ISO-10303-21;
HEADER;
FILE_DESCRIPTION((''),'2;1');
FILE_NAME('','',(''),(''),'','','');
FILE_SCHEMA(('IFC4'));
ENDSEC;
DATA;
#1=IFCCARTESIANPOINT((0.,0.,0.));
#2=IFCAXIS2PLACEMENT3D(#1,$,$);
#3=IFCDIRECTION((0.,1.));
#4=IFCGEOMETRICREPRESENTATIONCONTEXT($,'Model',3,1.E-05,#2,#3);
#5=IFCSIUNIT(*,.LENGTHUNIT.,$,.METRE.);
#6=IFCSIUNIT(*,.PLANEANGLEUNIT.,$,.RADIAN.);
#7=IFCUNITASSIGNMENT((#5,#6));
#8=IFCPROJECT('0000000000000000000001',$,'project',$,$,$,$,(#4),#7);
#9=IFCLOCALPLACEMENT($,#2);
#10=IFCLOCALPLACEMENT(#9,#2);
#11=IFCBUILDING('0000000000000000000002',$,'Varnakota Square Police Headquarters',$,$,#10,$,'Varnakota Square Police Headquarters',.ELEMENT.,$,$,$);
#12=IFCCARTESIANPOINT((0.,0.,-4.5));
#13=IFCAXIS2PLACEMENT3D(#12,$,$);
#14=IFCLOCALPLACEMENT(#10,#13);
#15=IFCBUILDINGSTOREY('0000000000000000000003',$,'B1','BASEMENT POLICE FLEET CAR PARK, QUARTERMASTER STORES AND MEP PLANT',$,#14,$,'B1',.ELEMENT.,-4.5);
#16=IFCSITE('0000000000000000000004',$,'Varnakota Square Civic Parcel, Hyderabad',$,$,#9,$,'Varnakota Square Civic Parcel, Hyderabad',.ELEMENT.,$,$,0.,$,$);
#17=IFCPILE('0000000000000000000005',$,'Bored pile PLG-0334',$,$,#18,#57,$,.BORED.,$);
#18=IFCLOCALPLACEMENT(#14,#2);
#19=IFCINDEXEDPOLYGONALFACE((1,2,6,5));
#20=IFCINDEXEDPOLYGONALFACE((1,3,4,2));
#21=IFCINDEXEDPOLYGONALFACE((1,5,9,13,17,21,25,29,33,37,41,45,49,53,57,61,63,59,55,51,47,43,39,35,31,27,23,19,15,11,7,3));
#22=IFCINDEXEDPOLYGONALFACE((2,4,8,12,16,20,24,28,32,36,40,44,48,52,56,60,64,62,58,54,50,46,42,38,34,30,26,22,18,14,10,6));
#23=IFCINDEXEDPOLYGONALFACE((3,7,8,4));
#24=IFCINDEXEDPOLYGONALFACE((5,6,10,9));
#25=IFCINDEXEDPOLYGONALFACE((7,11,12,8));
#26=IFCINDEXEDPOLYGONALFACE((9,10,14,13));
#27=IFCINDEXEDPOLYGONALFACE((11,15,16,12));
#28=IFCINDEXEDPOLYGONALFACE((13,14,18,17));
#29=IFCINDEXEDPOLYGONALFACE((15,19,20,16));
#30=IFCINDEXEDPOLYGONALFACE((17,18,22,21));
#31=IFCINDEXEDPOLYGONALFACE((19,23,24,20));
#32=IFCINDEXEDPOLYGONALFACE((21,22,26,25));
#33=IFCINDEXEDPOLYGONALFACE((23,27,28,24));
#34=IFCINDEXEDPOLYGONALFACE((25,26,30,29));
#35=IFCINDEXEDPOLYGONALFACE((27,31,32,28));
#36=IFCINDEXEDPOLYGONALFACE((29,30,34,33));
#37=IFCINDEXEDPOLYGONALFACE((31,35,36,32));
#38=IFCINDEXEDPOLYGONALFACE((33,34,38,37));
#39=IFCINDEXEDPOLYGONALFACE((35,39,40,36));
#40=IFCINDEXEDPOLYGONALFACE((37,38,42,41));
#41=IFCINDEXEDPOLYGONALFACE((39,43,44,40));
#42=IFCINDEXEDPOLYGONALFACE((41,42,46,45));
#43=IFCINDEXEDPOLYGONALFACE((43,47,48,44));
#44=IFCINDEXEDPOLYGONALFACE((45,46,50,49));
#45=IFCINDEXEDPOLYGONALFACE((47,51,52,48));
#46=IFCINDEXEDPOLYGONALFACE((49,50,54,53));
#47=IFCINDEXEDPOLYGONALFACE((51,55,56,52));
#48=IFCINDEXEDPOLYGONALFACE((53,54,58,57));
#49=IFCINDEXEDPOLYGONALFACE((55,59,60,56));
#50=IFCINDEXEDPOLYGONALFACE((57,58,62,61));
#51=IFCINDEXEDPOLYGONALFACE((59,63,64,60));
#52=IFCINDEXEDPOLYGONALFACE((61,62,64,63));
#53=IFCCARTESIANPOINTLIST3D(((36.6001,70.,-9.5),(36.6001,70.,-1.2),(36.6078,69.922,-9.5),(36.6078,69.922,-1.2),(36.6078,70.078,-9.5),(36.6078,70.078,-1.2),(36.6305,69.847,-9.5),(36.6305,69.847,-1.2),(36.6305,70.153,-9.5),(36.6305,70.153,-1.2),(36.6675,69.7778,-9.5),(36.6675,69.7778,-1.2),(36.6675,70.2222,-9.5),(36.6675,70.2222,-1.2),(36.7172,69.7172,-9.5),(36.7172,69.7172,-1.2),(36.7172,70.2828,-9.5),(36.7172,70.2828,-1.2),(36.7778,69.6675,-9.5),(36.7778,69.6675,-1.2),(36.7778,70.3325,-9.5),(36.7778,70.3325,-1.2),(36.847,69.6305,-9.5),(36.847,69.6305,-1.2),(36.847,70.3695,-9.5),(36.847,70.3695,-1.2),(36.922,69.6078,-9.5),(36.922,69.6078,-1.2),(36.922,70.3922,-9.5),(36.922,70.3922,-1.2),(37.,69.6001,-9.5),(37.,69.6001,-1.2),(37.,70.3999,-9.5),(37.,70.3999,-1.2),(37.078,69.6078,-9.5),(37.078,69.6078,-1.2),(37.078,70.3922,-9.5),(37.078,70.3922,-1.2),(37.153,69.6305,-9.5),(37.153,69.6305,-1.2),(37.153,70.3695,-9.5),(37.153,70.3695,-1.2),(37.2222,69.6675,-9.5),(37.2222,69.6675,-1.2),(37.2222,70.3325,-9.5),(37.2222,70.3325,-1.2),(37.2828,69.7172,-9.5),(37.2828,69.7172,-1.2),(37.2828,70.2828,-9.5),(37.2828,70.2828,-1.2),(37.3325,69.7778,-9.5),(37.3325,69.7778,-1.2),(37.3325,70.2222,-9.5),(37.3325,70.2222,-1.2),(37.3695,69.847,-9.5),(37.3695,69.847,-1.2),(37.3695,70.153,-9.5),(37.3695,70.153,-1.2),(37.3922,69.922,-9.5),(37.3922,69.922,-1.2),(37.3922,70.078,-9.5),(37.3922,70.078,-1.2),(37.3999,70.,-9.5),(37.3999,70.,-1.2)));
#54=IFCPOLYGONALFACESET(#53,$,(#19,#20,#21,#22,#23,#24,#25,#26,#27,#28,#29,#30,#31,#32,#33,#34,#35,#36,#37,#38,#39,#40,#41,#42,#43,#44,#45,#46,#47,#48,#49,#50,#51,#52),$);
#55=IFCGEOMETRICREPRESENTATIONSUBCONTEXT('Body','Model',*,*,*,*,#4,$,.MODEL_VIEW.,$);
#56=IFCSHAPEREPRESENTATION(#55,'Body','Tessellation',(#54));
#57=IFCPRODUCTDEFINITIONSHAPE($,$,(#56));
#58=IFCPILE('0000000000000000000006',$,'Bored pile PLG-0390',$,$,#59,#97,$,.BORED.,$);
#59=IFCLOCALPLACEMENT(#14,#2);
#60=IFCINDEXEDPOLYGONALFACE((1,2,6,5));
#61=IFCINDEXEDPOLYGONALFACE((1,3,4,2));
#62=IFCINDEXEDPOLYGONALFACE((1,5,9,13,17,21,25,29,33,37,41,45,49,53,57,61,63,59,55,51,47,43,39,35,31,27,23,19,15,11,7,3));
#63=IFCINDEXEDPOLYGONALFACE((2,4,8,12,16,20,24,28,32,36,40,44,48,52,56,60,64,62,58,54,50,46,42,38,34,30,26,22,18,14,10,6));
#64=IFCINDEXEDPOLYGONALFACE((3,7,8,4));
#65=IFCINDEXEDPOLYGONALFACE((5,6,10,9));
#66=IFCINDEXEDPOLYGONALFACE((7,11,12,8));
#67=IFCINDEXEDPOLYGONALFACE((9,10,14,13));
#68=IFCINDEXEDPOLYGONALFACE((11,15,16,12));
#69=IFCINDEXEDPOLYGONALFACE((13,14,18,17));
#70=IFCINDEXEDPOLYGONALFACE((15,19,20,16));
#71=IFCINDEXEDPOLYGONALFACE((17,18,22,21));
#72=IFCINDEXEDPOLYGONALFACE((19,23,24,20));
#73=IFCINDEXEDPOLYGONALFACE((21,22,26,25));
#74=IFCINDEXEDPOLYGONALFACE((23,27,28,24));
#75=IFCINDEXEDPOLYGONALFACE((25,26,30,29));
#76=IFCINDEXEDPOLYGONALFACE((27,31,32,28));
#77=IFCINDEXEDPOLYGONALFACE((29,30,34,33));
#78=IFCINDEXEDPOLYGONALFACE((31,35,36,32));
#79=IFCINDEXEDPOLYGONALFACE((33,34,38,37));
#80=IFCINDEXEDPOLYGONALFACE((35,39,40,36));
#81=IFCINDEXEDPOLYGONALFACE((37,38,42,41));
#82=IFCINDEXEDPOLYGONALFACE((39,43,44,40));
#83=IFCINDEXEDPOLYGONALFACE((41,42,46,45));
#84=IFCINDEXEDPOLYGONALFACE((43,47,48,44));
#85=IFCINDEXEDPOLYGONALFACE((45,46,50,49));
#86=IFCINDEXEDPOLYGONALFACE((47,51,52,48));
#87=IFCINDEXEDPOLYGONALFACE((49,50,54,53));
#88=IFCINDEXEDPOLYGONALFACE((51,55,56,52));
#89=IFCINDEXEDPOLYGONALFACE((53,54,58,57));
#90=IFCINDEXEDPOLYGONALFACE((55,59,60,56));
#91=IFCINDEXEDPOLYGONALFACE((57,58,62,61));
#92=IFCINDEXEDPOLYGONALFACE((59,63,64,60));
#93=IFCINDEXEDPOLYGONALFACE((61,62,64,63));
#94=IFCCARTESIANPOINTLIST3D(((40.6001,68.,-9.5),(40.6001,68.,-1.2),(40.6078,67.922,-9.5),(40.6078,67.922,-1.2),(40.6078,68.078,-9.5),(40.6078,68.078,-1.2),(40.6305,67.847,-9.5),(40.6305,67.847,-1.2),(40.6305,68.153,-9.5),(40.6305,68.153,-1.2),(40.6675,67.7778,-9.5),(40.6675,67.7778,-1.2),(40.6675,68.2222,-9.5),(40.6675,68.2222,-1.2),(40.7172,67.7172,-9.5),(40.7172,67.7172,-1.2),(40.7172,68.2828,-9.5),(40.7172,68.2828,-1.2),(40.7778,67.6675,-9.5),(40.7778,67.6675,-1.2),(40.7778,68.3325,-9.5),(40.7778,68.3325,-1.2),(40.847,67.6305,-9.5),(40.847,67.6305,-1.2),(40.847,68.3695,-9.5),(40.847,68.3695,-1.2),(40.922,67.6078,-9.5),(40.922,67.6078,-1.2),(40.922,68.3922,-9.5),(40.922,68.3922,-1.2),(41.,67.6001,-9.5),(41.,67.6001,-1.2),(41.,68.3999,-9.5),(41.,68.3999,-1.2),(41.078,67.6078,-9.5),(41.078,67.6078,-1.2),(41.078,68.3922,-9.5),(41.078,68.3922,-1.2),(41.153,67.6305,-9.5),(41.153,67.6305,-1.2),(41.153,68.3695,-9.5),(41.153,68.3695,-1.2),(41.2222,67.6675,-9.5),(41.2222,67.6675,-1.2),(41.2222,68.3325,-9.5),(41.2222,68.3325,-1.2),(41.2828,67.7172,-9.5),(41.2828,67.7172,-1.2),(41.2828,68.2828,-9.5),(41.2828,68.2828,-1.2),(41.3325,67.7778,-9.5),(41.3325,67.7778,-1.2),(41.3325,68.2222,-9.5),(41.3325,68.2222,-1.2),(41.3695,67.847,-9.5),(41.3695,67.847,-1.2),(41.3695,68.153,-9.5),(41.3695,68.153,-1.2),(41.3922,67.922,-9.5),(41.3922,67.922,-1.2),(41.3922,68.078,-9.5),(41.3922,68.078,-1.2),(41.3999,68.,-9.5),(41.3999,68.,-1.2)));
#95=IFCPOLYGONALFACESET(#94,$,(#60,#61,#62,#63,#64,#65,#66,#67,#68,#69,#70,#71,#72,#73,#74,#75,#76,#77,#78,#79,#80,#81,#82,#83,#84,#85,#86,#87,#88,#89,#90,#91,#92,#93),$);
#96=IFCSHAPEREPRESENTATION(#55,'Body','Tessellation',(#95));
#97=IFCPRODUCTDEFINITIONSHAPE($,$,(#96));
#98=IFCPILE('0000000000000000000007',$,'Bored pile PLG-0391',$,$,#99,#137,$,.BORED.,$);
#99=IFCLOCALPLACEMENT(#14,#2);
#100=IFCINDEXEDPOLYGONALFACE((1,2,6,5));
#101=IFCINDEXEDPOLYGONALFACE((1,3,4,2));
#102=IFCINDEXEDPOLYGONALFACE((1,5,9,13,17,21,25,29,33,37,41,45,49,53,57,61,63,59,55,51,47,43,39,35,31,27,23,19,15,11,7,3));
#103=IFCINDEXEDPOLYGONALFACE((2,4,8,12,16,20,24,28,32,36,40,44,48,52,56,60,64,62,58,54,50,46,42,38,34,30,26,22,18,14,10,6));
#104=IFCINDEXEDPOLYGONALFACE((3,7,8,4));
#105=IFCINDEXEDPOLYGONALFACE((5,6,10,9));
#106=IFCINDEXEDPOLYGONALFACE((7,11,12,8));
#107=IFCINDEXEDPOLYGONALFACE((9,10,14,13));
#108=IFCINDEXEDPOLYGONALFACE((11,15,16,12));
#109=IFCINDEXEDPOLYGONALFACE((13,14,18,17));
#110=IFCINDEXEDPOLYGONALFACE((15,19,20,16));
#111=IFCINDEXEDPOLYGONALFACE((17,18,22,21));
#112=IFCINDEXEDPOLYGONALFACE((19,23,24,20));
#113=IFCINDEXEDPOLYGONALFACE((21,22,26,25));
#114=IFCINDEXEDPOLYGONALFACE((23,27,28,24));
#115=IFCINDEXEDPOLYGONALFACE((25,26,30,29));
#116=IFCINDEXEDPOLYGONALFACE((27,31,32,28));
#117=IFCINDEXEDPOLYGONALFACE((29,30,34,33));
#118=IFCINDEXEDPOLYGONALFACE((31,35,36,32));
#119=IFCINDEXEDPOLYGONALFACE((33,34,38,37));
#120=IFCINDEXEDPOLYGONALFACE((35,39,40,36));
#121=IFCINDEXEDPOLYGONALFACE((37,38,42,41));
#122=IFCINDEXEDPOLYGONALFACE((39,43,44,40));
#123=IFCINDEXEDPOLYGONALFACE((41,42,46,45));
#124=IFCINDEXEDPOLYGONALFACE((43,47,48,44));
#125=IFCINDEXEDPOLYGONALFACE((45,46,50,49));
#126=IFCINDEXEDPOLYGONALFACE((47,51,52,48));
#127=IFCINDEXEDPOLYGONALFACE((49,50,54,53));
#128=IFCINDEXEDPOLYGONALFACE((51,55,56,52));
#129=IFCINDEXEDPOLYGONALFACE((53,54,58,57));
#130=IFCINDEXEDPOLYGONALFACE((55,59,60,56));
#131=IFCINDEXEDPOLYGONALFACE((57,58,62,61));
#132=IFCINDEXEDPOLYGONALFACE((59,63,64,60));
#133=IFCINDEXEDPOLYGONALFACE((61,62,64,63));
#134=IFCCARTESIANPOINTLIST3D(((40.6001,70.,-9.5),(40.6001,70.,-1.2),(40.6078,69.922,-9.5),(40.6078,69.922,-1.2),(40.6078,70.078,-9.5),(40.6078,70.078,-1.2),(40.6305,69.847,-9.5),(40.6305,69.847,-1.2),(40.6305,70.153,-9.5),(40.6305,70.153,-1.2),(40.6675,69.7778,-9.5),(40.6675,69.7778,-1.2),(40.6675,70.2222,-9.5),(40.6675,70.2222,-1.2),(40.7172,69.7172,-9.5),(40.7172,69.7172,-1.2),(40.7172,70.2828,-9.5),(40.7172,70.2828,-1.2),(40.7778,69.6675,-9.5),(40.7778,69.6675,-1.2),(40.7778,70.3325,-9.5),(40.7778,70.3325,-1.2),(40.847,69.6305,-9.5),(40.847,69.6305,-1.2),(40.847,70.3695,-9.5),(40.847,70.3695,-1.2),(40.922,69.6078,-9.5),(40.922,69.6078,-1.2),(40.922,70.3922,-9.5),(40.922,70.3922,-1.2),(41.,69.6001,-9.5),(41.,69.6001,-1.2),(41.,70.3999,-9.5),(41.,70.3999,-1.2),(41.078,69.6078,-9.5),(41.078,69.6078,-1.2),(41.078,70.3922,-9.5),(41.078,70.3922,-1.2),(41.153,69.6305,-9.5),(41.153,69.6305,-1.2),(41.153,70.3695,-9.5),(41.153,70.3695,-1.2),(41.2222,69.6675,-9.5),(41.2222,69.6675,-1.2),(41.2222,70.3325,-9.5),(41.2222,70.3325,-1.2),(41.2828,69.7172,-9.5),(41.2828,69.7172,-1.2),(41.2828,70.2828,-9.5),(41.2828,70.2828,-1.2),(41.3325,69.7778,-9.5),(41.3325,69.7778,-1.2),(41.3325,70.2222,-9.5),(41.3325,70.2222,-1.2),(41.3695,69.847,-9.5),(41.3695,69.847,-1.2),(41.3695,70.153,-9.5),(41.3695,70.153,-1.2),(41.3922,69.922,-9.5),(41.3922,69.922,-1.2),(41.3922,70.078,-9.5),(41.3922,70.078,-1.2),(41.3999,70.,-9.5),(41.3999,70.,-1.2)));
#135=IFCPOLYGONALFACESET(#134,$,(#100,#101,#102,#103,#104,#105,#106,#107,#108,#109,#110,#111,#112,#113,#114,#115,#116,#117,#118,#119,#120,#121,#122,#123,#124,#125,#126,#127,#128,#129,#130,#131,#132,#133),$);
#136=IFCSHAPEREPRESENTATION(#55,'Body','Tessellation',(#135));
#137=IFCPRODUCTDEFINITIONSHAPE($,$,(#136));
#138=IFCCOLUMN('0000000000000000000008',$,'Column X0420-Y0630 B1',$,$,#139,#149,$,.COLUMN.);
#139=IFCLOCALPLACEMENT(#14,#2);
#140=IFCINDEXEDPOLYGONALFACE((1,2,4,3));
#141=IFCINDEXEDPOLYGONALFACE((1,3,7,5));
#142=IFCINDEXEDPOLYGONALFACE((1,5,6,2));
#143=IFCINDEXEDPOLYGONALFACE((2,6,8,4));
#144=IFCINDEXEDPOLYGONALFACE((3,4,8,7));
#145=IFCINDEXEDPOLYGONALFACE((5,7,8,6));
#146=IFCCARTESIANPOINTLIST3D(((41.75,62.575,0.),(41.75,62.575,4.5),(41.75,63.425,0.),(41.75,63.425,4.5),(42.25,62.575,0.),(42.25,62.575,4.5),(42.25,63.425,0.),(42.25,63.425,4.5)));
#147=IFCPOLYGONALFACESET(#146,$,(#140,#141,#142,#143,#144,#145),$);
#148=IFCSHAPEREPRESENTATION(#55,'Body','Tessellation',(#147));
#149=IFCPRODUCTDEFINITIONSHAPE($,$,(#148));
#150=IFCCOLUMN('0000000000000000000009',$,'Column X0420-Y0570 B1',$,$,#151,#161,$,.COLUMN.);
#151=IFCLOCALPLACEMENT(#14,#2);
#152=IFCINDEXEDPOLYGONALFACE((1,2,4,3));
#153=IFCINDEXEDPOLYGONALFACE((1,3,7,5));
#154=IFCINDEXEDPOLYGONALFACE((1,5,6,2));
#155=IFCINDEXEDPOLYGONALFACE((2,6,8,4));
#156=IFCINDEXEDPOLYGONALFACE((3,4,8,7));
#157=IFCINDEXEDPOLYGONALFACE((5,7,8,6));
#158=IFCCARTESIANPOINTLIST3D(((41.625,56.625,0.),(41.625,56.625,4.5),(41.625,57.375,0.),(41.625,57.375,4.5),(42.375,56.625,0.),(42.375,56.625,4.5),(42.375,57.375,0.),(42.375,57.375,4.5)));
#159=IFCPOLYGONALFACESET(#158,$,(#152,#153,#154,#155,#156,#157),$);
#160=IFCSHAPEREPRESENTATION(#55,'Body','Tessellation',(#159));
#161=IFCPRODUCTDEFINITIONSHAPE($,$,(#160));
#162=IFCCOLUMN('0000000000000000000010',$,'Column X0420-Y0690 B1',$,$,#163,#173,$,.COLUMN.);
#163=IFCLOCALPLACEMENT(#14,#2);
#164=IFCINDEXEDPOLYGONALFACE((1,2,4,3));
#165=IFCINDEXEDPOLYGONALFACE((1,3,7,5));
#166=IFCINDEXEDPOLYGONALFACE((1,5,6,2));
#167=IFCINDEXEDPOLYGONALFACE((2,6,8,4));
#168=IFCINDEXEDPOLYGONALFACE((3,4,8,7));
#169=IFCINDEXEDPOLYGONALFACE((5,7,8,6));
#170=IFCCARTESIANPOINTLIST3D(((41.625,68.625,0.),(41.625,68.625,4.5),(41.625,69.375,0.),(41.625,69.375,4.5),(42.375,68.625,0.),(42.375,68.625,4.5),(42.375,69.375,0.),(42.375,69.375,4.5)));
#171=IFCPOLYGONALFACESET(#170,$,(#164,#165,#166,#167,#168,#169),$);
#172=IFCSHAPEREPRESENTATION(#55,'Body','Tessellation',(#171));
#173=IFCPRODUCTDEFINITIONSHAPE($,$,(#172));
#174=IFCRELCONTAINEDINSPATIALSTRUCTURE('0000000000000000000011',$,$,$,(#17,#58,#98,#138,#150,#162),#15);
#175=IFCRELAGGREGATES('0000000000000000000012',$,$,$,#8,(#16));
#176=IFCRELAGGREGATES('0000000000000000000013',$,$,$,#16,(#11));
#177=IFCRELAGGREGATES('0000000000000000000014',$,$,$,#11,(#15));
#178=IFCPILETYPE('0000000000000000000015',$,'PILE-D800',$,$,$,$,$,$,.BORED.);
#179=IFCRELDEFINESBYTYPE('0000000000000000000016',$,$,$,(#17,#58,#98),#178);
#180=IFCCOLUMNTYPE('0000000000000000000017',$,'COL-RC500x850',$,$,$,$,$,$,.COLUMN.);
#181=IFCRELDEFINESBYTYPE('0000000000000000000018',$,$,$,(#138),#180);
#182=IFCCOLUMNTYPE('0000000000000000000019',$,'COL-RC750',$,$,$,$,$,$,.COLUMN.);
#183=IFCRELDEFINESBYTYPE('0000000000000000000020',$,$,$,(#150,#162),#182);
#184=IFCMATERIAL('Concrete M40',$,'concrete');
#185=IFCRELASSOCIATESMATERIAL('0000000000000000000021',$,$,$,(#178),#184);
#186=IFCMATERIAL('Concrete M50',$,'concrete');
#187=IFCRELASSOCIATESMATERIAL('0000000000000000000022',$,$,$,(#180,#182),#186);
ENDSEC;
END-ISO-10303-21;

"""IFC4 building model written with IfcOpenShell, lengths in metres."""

from ifc_helpers import new_model, si_unit, direction, frame, origin, origin_2d, place, context, subcontext, project, spatial, rectangle, circle, extrude, material, material_profile, profile_set, type_object, element, save


model = new_model("IFC4")

# Units and contexts
model_context = context("Model", 3, precision=1e-05, world=origin(), true_north=direction((0.0, 1.0)))
body_context = subcontext(model_context, "Body", "Model", "MODEL_VIEW")
ifc_project = project(units=[si_unit("LENGTHUNIT", "METRE"), si_unit("PLANEANGLEUNIT", "RADIAN")], contexts=[model_context])

# Site, building, storey
site_placement = place(None, origin())
site = spatial("IfcSite", under=ifc_project, at=site_placement, Name="Varnakota Square Civic Parcel, Hyderabad", LongName="Varnakota Square Civic Parcel, Hyderabad", CompositionType="ELEMENT", RefElevation=0.0)
building_placement = place(site_placement, origin())
building = spatial("IfcBuilding", under=site, at=building_placement, Name="Varnakota Square Police Headquarters", LongName="Varnakota Square Police Headquarters", CompositionType="ELEMENT")
storey_placement = place(building_placement, frame((0.0, 0.0, -4.5)))
storey = spatial("IfcBuildingStorey", under=building, at=storey_placement, Name="B1", Description="BASEMENT POLICE FLEET CAR PARK, QUARTERMASTER STORES AND MEP PLANT", LongName="B1", CompositionType="ELEMENT", Elevation=-4.5)

# Shared definitions
ifc_material_1 = material(Name="Concrete M40", Category="concrete")
ifc_material_2 = material(Name="Concrete M50", Category="concrete")

# Piles
ifc_material_profile_1 = material_profile(ifc_material_1, circle(Radius=0.3999, at=origin_2d()), Name="BORED PILE 800")
ifc_profile_set_1 = profile_set([ifc_material_profile_1], Name="Concrete M40")
pile_type_1 = type_object("IfcPileType", Name="PILE-D800", PredefinedType="BORED", material=ifc_profile_set_1)
for number, where, z_axis, x_axis, name in (
    (1, (37.0, 70.0, -1.2), (0.0, 0.0, -1.0), (1.0, 0.0, 0.0), "Bored pile PLG-0334"),
    (2, (41.0, 68.0, -1.2), (0.0, 0.0, -1.0), (1.0, 0.0, 0.0), "Bored pile PLG-0390"),
    (3, (41.0, 70.0, -1.2), (0.0, 0.0, -1.0), (1.0, 0.0, 0.0), "Bored pile PLG-0391"),
):
    element("IfcPile", number, at=place(storey_placement, frame(where, z_axis=z_axis, x_axis=x_axis)), inside=storey, type_object=pile_type_1, Name=name, PredefinedType="BORED", context=body_context, shape_type="SweptSolid", body=[
        extrude(circle(Radius=0.3999, at=origin_2d()), origin(), (0.0, 0.0, 1.0), 8.3),
    ])

# Columns
ifc_material_profile_2 = material_profile(ifc_material_2, rectangle(XDim=0.5, YDim=0.8501, at=origin_2d()), Name="RC 500x850")
ifc_profile_set_2 = profile_set([ifc_material_profile_2], Name="Concrete M50")
column_type_1 = type_object("IfcColumnType", Name="COL-RC500x850", PredefinedType="COLUMN", material=ifc_profile_set_2)
column_placement = place(storey_placement, frame((42.0, 63.0, 0.0), z_axis=(0.0, 0.0, 1.0), x_axis=(1.0, 0.0, 0.0)))
element("IfcColumn", 4, at=column_placement, inside=storey, type_object=column_type_1, Name="Column X0420-Y0630 B1", PredefinedType="COLUMN", context=body_context, shape_type="SweptSolid", body=[
    extrude(rectangle(XDim=0.5, YDim=0.8501, at=origin_2d()), origin(), (0.0, 0.0, 1.0), 4.5),
])
ifc_material_profile_3 = material_profile(ifc_material_2, rectangle(XDim=0.75, YDim=0.75, at=origin_2d()), Name="RC 750x750")
ifc_profile_set_3 = profile_set([ifc_material_profile_3], Name="Concrete M50")
column_type_2 = type_object("IfcColumnType", Name="COL-RC750", PredefinedType="COLUMN", material=ifc_profile_set_3)
for number, where, z_axis, x_axis, name in (
    (5, (42.0, 57.0, 0.0), (0.0, 0.0, 1.0), (1.0, 0.0, 0.0), "Column X0420-Y0570 B1"),
    (6, (42.0, 69.0, 0.0), (0.0, 0.0, 1.0), (1.0, 0.0, 0.0), "Column X0420-Y0690 B1"),
):
    element("IfcColumn", number, at=place(storey_placement, frame(where, z_axis=z_axis, x_axis=x_axis)), inside=storey, type_object=column_type_2, Name=name, PredefinedType="COLUMN", context=body_context, shape_type="SweptSolid", body=[
        extrude(rectangle(XDim=0.75, YDim=0.75, at=origin_2d()), origin(), (0.0, 0.0, 1.0), 4.5),
    ])

save(model, "model.ifc")
